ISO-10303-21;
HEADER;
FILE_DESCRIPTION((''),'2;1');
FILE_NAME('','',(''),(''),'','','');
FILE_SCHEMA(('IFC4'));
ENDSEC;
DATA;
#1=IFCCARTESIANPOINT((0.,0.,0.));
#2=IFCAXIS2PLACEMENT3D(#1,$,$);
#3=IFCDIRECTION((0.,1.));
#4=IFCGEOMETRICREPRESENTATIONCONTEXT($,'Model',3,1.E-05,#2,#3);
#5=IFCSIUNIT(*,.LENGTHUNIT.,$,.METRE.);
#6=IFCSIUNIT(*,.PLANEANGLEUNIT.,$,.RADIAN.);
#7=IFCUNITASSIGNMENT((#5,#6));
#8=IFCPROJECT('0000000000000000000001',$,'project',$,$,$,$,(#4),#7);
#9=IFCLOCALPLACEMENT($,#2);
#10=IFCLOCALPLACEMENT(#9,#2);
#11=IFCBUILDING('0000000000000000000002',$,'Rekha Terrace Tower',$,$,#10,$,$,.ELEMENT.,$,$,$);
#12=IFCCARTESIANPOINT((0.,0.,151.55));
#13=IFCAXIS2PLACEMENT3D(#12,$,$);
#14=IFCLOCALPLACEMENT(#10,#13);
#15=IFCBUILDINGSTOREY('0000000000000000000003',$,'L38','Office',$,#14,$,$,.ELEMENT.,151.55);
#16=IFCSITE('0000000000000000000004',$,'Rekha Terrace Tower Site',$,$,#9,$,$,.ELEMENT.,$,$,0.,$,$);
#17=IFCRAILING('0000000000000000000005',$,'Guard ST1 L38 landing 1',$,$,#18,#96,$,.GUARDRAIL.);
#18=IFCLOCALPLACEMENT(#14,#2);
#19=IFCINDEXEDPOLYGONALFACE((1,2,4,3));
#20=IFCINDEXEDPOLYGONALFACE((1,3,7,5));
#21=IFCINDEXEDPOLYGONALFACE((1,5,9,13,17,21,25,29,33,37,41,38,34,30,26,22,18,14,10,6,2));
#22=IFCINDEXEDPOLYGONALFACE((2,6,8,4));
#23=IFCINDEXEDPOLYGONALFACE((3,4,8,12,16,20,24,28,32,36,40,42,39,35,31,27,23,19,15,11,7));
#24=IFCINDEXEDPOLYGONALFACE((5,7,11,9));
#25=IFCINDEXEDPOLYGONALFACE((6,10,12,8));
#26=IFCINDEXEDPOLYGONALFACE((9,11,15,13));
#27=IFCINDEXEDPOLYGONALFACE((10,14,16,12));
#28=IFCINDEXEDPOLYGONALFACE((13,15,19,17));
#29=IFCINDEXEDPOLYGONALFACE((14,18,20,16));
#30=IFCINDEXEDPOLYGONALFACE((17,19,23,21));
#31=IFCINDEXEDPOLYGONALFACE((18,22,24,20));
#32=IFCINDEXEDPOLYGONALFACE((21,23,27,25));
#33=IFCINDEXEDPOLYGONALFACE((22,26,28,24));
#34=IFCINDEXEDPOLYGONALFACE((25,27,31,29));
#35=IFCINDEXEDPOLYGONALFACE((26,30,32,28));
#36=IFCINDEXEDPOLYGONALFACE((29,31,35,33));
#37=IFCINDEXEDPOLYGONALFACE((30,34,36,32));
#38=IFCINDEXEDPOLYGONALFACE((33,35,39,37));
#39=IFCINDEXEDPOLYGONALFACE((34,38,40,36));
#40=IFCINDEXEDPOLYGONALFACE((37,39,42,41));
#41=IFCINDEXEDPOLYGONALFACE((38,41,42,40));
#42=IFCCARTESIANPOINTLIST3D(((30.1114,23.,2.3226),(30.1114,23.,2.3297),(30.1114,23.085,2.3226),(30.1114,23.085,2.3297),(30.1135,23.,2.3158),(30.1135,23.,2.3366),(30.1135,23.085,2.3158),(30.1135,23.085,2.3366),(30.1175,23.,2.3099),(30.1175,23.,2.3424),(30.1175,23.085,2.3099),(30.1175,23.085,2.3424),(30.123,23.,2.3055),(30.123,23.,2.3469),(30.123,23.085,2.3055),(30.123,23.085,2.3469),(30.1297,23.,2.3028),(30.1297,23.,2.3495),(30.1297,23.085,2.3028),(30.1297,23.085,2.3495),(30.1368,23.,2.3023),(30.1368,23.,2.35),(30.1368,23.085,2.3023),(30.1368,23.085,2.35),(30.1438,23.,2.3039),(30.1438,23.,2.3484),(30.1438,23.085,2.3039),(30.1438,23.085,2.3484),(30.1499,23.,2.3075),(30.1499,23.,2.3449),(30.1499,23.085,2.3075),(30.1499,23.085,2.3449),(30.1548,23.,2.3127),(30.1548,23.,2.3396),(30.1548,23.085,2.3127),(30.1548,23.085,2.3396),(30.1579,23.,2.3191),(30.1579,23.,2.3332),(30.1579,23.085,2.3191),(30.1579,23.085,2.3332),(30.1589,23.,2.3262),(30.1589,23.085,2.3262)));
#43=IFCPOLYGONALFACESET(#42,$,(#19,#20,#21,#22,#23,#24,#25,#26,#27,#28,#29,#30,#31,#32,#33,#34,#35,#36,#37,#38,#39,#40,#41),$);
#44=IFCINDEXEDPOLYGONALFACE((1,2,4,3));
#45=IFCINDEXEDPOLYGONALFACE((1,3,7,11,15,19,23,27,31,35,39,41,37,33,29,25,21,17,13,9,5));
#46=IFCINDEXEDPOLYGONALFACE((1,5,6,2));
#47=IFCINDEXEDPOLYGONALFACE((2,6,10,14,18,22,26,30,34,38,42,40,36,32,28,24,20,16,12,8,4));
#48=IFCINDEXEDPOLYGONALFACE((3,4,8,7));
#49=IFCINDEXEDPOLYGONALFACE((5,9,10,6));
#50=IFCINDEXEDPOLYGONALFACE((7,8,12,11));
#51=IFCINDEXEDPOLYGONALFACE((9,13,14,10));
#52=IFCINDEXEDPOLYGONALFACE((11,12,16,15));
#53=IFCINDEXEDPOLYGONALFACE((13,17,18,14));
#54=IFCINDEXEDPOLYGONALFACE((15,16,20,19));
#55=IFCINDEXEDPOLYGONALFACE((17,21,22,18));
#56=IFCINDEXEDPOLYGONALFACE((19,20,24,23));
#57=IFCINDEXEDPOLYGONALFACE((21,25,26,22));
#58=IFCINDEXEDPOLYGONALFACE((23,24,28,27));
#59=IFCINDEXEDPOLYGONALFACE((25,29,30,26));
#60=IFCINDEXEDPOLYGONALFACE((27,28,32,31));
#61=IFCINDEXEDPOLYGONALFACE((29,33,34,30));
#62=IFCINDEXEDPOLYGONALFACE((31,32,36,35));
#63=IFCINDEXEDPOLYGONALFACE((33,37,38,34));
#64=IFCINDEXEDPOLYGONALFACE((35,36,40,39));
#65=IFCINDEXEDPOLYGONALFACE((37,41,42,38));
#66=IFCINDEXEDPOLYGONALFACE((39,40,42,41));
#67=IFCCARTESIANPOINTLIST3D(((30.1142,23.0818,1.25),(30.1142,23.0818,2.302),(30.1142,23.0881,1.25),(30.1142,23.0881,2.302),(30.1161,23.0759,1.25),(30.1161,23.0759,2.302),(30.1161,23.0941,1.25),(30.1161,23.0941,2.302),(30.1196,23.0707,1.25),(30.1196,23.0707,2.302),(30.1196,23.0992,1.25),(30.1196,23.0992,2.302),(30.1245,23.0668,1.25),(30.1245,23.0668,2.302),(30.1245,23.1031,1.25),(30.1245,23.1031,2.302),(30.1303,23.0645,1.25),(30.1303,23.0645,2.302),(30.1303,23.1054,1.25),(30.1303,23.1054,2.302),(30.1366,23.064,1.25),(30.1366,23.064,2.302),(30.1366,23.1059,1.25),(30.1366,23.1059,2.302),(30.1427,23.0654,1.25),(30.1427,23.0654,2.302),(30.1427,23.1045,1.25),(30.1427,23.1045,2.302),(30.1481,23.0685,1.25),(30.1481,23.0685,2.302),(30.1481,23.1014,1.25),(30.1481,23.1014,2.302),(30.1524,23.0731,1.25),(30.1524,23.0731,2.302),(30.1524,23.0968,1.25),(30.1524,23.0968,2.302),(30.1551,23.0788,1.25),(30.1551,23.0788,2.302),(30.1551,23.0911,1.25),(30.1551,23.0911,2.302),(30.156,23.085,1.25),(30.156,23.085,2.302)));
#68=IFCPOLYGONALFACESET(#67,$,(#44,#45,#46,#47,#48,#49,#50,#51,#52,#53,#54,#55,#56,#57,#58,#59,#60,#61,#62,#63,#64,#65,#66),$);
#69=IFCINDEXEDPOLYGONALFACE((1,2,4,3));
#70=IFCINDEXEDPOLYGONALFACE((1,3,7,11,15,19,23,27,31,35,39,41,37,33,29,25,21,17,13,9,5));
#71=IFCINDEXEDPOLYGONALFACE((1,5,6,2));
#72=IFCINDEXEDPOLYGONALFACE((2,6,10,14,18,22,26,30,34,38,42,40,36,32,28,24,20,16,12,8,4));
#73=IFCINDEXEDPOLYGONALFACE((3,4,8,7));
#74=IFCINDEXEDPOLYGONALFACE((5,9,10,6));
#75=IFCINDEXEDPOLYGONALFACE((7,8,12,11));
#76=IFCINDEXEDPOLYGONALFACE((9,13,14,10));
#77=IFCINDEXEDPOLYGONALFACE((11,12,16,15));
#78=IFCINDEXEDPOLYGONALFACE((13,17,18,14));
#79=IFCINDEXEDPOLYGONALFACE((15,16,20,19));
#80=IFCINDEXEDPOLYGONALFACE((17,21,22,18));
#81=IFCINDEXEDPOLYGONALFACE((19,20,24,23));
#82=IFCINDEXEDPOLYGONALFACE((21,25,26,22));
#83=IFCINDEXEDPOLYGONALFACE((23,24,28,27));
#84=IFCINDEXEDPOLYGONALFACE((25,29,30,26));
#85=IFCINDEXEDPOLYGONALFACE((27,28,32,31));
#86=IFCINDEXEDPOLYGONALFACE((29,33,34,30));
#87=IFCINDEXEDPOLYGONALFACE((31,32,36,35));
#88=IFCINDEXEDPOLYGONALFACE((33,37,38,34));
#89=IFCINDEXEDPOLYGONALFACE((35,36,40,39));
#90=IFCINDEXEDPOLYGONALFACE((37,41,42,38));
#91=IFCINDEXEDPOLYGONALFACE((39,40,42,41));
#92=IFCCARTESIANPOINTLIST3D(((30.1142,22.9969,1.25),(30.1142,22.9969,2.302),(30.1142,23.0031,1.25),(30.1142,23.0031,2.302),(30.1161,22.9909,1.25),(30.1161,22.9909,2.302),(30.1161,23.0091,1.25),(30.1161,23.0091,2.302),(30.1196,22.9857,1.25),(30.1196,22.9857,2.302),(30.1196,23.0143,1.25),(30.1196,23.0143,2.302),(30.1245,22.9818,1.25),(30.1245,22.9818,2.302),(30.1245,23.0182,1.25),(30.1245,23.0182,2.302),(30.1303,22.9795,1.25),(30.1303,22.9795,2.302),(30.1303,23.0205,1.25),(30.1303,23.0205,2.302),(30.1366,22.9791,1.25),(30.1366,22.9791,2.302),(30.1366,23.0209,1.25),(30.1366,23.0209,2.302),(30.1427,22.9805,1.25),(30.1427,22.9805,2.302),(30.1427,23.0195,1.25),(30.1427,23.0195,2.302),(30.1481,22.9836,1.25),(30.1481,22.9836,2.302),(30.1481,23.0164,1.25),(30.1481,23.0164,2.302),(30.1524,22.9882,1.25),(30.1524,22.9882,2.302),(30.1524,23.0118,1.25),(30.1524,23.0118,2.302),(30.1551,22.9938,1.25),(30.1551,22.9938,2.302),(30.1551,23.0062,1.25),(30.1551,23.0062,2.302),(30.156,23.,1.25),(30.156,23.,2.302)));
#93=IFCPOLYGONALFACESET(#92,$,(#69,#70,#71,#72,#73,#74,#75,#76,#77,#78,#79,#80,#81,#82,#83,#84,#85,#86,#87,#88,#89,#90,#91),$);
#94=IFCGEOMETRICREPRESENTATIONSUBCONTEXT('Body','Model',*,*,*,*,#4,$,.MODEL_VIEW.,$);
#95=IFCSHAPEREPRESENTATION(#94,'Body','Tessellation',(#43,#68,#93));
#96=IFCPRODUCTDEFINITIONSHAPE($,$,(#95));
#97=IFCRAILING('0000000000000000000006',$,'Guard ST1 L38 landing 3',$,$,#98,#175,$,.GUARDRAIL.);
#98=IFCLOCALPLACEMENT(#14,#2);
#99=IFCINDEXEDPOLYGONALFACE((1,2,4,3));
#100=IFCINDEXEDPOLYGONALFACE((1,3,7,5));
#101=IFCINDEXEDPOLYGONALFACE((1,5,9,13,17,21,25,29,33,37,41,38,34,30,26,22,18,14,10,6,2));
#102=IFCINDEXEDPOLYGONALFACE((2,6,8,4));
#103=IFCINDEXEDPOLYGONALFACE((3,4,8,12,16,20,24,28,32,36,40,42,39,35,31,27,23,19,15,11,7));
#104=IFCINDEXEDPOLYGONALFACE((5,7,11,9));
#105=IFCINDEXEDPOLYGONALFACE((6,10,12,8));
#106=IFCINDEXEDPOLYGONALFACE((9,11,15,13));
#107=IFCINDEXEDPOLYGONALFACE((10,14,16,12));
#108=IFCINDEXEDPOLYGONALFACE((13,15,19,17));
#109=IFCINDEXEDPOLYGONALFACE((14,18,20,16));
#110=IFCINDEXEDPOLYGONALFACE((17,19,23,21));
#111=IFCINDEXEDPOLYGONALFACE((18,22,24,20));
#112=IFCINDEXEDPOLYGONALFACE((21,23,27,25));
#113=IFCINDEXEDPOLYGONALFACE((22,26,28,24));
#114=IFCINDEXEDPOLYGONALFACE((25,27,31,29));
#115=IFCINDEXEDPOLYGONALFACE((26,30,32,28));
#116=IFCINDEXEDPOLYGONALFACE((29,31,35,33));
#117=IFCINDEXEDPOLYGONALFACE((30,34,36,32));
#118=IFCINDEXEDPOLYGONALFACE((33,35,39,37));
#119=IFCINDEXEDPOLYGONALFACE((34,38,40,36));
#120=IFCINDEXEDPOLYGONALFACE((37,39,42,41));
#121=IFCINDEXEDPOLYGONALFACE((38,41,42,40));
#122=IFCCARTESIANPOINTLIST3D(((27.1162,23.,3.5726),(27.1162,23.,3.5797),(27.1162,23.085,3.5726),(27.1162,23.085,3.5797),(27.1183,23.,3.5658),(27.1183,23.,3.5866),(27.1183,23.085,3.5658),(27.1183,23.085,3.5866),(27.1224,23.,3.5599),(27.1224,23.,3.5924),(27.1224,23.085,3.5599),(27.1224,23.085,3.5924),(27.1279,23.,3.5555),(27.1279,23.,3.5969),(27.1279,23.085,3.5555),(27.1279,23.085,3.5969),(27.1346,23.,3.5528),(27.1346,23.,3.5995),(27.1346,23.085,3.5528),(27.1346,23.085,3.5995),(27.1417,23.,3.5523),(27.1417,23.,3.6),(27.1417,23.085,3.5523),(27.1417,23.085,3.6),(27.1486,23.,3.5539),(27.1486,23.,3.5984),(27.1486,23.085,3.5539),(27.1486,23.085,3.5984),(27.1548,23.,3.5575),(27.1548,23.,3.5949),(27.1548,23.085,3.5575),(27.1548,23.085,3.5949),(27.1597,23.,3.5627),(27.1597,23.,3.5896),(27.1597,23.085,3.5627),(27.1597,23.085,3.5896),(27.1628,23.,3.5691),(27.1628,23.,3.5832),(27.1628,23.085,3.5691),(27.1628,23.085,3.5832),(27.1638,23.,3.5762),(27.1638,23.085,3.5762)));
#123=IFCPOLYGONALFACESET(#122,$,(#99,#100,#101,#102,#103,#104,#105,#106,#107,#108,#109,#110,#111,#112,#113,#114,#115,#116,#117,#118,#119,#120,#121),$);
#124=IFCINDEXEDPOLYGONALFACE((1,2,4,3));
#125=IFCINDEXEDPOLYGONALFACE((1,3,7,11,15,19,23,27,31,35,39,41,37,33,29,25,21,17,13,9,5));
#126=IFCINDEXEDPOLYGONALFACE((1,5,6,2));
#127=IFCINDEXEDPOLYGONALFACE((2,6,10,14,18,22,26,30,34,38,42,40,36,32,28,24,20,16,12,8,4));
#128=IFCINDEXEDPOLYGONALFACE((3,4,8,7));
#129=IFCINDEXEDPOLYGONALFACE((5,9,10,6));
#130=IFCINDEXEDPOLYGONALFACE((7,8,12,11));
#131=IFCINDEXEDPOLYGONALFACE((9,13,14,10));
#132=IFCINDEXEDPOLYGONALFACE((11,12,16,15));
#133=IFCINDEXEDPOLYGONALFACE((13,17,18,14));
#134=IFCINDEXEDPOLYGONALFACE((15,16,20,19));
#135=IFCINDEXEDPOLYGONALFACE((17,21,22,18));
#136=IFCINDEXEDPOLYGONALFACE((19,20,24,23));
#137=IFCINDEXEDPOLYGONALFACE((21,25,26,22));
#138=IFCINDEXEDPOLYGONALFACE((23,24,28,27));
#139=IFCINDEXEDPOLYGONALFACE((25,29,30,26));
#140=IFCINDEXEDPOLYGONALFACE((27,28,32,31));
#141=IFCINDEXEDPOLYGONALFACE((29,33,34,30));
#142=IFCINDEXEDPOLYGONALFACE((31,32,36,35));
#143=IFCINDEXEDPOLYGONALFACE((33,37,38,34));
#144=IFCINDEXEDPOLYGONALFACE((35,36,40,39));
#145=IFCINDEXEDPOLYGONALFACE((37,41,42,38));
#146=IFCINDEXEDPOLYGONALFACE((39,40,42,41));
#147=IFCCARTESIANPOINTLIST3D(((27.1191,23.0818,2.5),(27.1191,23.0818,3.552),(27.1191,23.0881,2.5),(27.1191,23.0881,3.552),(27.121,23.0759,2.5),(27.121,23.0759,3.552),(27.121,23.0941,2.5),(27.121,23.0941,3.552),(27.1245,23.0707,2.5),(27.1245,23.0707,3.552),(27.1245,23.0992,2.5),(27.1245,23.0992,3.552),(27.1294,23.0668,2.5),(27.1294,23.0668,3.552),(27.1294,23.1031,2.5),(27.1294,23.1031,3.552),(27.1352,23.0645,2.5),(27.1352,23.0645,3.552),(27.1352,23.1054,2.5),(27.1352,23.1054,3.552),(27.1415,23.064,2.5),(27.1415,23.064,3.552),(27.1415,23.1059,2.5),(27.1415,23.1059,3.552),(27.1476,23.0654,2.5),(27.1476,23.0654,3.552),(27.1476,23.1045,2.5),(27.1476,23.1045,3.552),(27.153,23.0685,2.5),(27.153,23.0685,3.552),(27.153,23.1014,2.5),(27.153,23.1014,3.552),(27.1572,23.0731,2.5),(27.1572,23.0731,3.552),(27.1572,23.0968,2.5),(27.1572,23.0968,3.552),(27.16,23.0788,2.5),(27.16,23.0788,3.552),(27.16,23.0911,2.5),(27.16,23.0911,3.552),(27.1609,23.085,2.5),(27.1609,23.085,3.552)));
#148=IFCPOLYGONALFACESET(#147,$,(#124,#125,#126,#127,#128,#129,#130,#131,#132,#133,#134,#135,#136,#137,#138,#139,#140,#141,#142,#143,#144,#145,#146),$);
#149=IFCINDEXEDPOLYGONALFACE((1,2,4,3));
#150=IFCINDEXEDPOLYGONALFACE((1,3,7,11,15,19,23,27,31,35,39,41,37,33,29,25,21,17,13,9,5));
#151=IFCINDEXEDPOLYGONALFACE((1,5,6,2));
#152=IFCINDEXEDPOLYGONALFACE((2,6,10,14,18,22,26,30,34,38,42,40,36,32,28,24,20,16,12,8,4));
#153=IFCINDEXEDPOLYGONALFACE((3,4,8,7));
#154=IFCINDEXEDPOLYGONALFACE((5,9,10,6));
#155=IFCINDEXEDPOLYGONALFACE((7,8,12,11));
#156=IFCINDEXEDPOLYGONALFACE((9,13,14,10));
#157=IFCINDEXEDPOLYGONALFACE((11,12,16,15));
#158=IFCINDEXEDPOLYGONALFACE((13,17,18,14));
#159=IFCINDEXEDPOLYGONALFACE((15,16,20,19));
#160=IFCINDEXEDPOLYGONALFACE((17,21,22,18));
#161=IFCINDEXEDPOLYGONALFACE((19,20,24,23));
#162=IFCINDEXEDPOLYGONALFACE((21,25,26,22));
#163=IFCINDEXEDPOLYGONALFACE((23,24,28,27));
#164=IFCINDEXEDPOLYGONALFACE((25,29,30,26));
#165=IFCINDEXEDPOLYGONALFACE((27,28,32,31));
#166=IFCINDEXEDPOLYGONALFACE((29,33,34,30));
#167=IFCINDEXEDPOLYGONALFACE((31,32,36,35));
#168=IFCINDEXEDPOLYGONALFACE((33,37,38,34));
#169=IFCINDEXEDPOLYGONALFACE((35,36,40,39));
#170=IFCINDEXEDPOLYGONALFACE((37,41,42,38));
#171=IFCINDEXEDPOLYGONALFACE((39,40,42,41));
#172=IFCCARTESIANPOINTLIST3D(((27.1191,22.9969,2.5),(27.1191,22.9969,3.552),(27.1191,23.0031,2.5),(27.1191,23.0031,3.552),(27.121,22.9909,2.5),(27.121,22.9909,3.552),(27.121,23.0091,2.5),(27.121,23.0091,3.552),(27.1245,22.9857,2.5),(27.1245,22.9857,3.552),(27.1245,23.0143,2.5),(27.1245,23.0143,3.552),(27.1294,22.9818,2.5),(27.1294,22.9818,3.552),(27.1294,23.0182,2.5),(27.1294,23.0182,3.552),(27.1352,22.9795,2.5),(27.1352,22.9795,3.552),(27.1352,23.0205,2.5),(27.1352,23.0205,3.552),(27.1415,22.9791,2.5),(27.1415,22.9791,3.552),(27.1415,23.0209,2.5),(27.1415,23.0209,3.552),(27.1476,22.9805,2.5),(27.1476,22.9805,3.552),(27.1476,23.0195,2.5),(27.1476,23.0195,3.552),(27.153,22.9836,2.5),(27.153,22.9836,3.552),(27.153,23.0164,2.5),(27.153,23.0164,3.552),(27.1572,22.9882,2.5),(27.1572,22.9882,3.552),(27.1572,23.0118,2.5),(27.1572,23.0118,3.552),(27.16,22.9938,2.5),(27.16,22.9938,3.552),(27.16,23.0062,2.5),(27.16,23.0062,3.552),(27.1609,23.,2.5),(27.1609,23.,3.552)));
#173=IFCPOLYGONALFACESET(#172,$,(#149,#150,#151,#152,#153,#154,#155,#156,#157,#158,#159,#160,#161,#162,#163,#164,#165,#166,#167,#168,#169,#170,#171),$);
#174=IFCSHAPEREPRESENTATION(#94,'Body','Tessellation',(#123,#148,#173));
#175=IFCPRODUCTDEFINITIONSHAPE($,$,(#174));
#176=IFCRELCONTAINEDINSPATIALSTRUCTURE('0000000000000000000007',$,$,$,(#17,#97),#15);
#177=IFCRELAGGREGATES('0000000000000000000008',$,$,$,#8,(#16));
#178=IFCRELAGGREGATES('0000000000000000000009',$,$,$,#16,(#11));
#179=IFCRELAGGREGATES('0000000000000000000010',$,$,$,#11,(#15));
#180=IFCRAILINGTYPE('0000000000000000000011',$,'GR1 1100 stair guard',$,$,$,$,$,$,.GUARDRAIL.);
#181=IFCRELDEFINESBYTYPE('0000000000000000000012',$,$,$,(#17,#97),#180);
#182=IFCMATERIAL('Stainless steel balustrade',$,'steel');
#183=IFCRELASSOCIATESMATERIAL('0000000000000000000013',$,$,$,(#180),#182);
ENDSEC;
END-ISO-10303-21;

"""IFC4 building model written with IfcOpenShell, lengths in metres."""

from ifc_helpers import new_model, si_unit, direction, frame, origin, origin_2d, place, context, subcontext, project, spatial, circle, extrude, material, type_object, element, save


model = new_model("IFC4")

# Units and contexts
model_context = context("Model", 3, precision=1e-05, world=origin(), true_north=direction((0.0, 1.0)))
body_context = subcontext(model_context, "Body", "Model", "MODEL_VIEW")
ifc_project = project(units=[si_unit("LENGTHUNIT", "METRE"), si_unit("PLANEANGLEUNIT", "RADIAN")], contexts=[model_context])

# Site, building, storey
site_placement = place(None, origin())
site = spatial("IfcSite", under=ifc_project, at=site_placement, Name="Rekha Terrace Tower Site", CompositionType="ELEMENT", RefElevation=0.0)
building_placement = place(site_placement, origin())
building = spatial("IfcBuilding", under=site, at=building_placement, Name="Rekha Terrace Tower", CompositionType="ELEMENT")
storey_placement = place(building_placement, frame((0.0, 0.0, 151.55)))
storey = spatial("IfcBuildingStorey", under=building, at=storey_placement, Name="L38", Description="Office", CompositionType="ELEMENT", Elevation=151.55)

# Railings
ifc_material_1 = material(Name="Stainless steel balustrade", Category="steel")
railing_type_1 = type_object("IfcRailingType", Name="GR1 1100 stair guard", PredefinedType="GUARDRAIL", material=ifc_material_1)
for number, where, name in (
    (1, (30.135, 23.085, 1.25), "Guard ST1 L38 landing 1"),
    (2, (27.1399, 23.085, 2.5), "Guard ST1 L38 landing 3"),
):
    element("IfcRailing", number, at=place(storey_placement, frame(where)), inside=storey, type_object=railing_type_1, Name=name, PredefinedType="GUARDRAIL", context=body_context, shape_type="SweptSolid", body=[
        extrude(circle(Radius=0.0239, at=origin_2d()), frame((0.0, 0.0, 1.0762), z_axis=(0.0, -1.0, 0.0), x_axis=(1.0, 0.0, 0.0)), (0.0, 0.0, 1.0), 0.085),
        extrude(circle(Radius=0.021, at=origin_2d()), origin(), (0.0, 0.0, 1.0), 1.052),
        extrude(circle(Radius=0.021, at=origin_2d()), frame((0.0, -0.085, 0.0)), (0.0, 0.0, 1.0), 1.052),
    ])

save(model, "model.ifc")
